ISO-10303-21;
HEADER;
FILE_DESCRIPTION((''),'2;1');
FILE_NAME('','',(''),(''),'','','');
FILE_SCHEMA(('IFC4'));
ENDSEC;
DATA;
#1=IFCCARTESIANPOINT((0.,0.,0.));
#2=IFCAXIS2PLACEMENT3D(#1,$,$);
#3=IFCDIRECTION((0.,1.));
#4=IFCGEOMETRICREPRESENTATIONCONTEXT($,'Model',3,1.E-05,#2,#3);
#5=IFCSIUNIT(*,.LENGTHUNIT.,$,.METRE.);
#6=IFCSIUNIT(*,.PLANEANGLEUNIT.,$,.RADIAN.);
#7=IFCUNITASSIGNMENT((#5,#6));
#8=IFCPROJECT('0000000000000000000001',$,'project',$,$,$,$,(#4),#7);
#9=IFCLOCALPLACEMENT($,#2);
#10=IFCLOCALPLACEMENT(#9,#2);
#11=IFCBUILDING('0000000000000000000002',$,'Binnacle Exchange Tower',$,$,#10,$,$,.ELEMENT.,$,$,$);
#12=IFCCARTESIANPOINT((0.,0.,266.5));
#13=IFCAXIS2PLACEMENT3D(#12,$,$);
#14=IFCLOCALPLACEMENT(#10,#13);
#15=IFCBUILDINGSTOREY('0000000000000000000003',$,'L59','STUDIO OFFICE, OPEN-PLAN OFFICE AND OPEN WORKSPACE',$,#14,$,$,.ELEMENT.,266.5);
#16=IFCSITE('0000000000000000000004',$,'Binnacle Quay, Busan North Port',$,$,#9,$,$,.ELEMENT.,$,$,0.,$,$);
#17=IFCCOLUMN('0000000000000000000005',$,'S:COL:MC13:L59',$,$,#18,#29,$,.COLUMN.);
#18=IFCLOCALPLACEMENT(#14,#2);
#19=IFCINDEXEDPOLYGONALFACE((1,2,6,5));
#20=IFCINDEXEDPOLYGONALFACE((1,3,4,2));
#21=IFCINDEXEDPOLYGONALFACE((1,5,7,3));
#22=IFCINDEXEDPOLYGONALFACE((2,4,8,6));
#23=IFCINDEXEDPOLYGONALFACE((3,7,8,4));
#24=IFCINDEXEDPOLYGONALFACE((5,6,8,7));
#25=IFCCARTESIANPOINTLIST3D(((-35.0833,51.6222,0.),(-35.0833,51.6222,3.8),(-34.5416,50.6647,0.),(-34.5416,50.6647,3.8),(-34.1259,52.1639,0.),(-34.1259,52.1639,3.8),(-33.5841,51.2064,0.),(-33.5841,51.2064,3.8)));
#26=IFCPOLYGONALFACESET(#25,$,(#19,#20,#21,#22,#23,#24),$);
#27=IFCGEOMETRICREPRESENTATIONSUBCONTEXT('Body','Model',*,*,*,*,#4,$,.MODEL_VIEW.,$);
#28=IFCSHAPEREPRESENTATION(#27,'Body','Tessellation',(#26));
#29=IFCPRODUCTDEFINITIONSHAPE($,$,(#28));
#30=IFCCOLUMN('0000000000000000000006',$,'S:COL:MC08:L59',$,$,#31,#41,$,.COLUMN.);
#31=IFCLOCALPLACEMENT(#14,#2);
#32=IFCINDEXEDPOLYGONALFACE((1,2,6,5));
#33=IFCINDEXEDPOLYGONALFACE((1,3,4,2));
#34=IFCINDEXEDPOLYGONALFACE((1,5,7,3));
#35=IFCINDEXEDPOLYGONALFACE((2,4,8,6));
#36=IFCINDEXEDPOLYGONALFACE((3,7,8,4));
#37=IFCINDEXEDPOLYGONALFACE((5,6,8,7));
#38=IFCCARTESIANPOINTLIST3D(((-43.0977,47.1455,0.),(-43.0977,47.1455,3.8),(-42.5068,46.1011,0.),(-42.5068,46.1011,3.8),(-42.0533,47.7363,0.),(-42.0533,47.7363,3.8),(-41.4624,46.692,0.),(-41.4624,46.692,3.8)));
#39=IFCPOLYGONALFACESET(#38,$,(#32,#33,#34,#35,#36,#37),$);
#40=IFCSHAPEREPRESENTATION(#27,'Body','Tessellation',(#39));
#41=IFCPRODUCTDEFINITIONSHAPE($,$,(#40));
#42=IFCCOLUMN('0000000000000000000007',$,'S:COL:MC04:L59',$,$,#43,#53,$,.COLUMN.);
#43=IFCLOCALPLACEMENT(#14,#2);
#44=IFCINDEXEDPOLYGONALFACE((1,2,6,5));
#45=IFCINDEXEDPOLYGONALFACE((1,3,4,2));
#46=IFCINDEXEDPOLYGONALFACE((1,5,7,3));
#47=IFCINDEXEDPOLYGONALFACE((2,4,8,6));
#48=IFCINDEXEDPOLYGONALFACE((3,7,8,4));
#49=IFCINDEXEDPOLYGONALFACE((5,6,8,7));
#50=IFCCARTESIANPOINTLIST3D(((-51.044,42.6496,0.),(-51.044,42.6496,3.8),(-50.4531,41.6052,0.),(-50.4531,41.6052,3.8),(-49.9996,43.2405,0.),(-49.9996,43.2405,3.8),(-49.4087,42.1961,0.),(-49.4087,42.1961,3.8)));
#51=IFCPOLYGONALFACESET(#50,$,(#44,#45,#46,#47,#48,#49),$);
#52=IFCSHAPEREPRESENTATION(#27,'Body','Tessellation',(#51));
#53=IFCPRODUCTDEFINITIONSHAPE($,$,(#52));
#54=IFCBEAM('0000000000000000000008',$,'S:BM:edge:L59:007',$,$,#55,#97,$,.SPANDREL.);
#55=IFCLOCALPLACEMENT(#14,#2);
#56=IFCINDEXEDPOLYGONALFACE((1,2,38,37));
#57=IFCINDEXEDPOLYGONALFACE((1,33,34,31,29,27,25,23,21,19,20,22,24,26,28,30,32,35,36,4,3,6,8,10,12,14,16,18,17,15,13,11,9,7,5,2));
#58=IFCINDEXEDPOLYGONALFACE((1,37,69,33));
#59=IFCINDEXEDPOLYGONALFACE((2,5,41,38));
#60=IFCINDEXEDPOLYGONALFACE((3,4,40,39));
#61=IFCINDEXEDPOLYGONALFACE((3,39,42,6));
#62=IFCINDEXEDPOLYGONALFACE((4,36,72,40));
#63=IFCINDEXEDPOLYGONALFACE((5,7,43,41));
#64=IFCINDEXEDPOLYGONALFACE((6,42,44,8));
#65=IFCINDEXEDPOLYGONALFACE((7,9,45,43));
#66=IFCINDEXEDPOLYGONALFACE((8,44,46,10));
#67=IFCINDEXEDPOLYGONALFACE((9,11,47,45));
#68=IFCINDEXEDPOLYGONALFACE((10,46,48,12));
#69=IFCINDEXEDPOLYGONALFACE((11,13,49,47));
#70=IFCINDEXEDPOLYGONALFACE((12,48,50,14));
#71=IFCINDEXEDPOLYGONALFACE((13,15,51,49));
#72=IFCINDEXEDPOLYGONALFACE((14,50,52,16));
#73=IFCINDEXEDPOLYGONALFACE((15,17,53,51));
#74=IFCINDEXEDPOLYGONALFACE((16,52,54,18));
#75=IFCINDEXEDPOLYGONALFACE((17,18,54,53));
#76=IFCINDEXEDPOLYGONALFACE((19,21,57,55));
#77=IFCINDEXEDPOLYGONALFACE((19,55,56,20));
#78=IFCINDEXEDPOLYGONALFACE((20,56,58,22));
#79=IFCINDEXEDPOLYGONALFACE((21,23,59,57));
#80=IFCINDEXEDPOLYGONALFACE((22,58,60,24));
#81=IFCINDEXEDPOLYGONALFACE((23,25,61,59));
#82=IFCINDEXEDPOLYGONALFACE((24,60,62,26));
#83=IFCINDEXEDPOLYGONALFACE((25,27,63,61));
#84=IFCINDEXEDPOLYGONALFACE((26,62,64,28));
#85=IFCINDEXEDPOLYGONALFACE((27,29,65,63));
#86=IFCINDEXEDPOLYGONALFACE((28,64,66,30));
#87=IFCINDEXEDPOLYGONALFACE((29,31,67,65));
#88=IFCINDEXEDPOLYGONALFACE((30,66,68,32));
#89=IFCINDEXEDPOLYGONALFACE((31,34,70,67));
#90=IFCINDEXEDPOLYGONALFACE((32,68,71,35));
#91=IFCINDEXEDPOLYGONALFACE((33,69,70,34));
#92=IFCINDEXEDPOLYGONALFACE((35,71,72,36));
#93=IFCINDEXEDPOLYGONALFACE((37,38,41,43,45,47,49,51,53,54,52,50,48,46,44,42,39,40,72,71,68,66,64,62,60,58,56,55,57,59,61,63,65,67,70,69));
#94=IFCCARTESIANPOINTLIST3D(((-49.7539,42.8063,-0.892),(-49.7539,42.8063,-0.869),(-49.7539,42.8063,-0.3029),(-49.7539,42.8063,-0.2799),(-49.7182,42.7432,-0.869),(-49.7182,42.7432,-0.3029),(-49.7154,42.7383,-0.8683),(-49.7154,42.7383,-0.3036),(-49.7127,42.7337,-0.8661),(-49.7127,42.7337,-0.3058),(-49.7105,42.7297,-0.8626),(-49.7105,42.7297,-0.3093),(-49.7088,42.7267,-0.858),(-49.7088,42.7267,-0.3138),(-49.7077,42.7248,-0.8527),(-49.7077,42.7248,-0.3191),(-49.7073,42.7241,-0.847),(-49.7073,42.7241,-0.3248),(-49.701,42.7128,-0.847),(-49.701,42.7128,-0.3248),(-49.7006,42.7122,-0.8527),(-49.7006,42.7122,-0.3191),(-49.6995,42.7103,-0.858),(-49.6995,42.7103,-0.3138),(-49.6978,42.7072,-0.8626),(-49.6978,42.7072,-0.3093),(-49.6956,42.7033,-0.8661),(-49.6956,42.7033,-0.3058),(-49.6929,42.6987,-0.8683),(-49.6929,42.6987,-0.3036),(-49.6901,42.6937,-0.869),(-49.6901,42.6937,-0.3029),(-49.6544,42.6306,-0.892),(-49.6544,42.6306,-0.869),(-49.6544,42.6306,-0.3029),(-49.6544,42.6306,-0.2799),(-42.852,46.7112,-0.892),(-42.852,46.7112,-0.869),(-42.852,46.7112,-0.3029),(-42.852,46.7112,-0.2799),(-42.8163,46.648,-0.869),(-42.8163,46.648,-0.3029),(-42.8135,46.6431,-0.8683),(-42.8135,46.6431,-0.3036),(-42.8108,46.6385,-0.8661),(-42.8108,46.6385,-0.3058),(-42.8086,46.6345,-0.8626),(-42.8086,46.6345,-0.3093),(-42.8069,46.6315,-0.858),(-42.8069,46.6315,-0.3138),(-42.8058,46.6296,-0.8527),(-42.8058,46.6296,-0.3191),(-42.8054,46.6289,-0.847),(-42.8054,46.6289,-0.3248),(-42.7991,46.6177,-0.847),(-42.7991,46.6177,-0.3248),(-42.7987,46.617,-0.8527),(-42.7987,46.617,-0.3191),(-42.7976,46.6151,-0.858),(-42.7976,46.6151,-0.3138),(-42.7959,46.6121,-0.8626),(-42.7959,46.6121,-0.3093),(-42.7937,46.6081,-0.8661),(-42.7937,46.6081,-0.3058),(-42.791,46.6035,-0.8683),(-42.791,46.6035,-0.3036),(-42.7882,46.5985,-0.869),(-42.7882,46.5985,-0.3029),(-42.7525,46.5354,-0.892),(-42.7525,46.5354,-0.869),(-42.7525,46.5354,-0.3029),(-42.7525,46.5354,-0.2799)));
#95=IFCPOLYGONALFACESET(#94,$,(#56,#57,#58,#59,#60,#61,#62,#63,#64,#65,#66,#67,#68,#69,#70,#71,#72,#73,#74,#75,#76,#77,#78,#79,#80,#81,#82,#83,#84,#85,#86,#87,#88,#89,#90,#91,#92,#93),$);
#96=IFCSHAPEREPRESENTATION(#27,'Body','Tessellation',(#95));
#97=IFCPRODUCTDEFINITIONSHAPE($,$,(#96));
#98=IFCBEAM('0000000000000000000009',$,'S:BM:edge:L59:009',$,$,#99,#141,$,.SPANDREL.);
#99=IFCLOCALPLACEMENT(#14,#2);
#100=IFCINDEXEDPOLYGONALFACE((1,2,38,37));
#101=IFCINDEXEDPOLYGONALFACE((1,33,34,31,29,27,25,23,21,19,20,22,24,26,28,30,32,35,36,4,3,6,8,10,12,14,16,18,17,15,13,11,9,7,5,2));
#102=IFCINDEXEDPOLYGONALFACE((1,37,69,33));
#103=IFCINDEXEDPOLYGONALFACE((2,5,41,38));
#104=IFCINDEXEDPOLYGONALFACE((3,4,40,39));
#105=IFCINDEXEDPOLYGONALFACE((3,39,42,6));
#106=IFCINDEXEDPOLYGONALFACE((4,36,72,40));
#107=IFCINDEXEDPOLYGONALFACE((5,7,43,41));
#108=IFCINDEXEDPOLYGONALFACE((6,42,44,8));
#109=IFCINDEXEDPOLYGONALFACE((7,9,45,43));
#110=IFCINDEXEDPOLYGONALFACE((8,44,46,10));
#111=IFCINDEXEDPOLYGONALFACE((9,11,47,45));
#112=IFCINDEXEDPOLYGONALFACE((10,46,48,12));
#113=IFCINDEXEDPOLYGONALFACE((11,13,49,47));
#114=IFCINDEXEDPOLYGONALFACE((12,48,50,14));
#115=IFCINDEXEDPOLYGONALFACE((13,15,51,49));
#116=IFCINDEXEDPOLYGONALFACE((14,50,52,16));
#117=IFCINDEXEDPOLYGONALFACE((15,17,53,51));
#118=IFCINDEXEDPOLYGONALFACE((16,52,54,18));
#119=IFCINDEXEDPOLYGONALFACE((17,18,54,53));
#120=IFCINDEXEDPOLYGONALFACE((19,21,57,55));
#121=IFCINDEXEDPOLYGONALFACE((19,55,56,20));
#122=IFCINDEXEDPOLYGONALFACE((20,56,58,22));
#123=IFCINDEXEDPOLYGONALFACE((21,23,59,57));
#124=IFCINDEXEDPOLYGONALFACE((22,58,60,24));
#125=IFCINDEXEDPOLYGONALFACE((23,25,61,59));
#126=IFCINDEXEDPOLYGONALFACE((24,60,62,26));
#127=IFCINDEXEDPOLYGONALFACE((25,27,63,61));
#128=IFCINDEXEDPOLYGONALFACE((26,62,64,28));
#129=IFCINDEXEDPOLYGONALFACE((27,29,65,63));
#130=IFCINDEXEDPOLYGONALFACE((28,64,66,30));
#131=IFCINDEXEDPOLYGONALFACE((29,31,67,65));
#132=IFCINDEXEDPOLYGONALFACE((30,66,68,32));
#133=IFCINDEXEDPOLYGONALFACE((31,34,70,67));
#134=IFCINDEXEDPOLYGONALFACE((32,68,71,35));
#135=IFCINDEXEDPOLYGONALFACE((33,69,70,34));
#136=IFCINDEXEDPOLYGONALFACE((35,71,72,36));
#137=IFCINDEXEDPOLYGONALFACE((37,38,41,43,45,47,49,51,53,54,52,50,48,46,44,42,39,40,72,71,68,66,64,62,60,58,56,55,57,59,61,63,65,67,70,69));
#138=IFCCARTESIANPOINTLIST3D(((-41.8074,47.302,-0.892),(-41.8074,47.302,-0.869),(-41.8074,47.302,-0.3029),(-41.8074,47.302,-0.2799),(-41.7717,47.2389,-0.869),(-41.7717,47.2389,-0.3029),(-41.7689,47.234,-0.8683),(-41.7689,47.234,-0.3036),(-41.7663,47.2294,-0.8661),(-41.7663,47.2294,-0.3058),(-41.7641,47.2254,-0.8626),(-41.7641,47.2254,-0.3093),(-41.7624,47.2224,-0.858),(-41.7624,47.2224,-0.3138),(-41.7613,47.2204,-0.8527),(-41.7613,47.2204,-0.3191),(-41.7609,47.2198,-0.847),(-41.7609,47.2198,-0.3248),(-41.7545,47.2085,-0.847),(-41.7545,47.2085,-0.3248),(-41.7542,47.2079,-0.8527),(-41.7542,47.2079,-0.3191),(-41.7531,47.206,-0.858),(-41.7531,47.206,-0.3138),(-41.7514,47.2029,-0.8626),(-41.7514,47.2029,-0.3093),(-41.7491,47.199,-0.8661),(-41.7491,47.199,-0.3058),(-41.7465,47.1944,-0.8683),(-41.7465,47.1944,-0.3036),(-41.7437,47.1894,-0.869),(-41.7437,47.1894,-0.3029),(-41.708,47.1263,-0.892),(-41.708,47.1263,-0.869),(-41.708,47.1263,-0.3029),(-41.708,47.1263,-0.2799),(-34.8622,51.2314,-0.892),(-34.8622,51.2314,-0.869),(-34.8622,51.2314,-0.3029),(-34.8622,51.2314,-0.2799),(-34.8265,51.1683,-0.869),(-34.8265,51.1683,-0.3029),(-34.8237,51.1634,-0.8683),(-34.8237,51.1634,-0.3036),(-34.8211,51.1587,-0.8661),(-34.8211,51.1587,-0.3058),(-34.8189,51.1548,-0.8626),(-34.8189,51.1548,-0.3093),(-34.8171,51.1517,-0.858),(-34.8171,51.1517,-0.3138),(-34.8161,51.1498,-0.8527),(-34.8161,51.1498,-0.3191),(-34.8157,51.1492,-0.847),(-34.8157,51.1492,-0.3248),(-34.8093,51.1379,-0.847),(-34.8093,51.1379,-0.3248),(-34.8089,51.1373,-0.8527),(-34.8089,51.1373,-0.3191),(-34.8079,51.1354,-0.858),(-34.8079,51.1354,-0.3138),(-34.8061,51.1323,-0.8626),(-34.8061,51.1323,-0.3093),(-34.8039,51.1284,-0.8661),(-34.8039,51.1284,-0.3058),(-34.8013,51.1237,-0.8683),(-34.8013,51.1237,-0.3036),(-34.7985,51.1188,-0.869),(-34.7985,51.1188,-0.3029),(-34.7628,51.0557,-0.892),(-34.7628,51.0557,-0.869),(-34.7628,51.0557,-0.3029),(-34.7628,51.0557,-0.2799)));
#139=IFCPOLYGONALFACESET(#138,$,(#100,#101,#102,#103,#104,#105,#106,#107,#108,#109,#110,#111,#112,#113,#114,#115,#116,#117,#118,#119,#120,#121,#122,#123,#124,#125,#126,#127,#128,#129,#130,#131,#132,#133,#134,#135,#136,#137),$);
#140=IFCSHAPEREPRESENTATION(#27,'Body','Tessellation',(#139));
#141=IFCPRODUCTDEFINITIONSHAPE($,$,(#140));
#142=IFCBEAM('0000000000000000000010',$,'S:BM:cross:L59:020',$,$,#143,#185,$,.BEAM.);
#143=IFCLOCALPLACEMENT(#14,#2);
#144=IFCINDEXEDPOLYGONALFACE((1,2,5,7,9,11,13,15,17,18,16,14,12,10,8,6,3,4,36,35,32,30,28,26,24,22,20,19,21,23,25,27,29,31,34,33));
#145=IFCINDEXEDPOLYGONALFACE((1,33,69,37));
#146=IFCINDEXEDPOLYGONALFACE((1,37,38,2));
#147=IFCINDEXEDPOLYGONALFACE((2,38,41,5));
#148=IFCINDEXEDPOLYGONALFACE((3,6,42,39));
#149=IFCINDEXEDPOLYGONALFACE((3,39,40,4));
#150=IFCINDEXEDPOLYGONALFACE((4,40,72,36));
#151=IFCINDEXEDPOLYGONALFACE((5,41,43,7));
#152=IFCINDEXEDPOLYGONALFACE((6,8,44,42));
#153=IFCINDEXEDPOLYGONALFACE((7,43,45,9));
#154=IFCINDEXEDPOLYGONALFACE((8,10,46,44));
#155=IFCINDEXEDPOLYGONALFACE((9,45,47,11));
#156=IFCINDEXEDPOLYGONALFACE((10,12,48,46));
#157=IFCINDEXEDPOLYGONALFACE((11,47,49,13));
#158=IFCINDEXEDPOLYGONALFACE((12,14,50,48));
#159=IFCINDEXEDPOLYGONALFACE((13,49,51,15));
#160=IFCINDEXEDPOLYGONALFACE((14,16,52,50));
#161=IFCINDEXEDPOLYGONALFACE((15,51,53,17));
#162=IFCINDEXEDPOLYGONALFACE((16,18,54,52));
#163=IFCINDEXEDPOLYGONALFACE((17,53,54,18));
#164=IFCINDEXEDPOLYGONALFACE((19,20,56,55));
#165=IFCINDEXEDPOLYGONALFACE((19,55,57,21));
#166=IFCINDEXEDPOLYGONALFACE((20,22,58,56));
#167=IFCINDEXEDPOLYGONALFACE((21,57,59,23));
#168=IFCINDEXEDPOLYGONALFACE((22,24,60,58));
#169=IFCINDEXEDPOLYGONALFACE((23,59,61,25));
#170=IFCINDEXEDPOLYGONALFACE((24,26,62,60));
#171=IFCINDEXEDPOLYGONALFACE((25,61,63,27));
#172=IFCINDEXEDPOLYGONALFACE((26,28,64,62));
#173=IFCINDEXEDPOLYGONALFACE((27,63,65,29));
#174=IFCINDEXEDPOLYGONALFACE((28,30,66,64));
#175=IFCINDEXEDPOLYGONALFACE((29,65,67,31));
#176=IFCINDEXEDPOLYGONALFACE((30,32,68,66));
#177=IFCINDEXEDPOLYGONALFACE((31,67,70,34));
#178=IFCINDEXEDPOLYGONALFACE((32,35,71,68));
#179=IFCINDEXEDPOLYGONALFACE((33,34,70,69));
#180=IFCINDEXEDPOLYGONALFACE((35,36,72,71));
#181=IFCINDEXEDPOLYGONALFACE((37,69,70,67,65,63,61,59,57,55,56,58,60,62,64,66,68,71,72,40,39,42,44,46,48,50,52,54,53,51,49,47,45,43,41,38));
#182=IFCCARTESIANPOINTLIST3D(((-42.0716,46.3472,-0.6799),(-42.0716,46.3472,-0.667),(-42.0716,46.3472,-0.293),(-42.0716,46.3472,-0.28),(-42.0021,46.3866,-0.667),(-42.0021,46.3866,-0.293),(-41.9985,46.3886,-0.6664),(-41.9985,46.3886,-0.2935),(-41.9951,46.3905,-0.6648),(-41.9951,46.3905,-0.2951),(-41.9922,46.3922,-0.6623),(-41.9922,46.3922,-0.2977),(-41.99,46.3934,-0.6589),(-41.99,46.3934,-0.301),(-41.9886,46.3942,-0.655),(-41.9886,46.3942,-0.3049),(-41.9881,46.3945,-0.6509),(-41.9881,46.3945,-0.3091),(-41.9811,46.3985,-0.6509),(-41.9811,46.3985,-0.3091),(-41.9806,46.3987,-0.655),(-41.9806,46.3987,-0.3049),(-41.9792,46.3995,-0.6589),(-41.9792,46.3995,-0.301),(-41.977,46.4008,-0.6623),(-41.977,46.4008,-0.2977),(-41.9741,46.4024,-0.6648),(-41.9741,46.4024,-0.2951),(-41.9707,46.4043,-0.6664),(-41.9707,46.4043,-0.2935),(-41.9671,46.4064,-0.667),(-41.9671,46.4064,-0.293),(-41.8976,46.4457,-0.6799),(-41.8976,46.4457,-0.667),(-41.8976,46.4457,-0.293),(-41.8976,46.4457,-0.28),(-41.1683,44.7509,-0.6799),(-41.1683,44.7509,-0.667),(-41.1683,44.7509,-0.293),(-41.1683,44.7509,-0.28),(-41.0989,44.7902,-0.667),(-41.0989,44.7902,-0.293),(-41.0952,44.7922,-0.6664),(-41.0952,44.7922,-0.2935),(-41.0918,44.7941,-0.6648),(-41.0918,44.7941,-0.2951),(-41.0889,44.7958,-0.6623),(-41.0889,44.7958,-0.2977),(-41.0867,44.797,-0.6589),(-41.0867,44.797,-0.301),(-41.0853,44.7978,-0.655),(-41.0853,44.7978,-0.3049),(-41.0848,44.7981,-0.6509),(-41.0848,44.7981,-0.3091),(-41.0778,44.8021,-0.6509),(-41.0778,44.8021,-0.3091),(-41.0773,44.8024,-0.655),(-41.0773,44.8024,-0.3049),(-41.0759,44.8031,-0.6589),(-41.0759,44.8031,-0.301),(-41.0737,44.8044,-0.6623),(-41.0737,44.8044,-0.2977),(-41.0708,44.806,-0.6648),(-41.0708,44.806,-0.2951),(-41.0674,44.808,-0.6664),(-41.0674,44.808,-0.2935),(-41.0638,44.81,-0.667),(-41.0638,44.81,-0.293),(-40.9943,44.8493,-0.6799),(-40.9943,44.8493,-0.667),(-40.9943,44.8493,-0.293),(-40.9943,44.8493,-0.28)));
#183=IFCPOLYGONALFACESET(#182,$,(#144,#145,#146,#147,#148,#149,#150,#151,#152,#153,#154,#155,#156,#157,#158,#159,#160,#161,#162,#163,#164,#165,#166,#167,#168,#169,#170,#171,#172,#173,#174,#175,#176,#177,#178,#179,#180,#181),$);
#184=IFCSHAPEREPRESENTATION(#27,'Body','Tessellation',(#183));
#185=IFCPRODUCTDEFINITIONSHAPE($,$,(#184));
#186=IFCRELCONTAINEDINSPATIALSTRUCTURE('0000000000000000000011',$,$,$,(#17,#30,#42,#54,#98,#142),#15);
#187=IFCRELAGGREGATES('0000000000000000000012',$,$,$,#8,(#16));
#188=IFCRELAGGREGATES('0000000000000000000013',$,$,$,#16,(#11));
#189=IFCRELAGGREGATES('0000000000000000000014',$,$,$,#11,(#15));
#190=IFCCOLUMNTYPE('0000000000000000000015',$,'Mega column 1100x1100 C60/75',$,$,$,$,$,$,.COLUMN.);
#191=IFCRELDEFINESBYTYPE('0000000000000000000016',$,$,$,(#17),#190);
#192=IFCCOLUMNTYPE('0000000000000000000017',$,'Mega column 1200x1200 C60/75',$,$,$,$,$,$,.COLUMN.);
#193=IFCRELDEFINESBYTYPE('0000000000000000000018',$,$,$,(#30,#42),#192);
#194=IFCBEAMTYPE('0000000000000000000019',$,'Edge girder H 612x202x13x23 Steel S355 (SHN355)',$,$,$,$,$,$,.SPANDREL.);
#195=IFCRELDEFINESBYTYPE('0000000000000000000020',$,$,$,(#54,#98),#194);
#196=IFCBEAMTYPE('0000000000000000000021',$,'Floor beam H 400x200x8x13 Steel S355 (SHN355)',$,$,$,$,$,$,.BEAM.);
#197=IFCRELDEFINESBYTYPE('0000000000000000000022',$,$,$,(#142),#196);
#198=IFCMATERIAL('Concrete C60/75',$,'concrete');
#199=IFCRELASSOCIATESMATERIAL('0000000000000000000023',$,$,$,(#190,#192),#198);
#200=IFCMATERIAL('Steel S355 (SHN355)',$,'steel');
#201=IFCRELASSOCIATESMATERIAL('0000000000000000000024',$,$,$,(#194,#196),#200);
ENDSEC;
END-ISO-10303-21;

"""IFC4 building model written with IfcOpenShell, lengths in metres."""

from ifc_helpers import new_model, si_unit, direction, frame, origin, origin_2d, place, context, subcontext, project, spatial, rectangle, i_section, extrude, material, material_profile, profile_set, type_object, element, save


model = new_model("IFC4")

# Units and contexts
model_context = context("Model", 3, precision=1e-05, world=origin(), true_north=direction((0.0, 1.0)))
body_context = subcontext(model_context, "Body", "Model", "MODEL_VIEW")
ifc_project = project(units=[si_unit("LENGTHUNIT", "METRE"), si_unit("PLANEANGLEUNIT", "RADIAN")], contexts=[model_context])

# Site, building, storey
site_placement = place(None, origin())
site = spatial("IfcSite", under=ifc_project, at=site_placement, Name="Binnacle Quay, Busan North Port", CompositionType="ELEMENT", RefElevation=0.0)
building_placement = place(site_placement, origin())
building = spatial("IfcBuilding", under=site, at=building_placement, Name="Binnacle Exchange Tower", CompositionType="ELEMENT")
storey_placement = place(building_placement, frame((0.0, 0.0, 266.5)))
storey = spatial("IfcBuildingStorey", under=building, at=storey_placement, Name="L59", Description="STUDIO OFFICE, OPEN-PLAN OFFICE AND OPEN WORKSPACE", CompositionType="ELEMENT", Elevation=266.5)

# Columns
ifc_material_1 = material(Name="Concrete C60/75", Category="concrete")
ifc_material_profile_1 = material_profile(ifc_material_1, rectangle(XDim=1.1001, YDim=1.1001, at=origin_2d()), Name="Mega column 1100x1100 C60/75")
ifc_profile_set_1 = profile_set([ifc_material_profile_1], Name="Concrete C60/75")
column_type_1 = type_object("IfcColumnType", Name="Mega column 1100x1100 C60/75", PredefinedType="COLUMN", material=ifc_profile_set_1)
column_placement = place(storey_placement, frame((-34.3337, 51.4143, 0.0), z_axis=(0.0, 0.0, 1.0), x_axis=(-0.870356, -0.492424, 0.0)))
element("IfcColumn", 1, at=column_placement, inside=storey, type_object=column_type_1, Name="S:COL:MC13:L59", PredefinedType="COLUMN", context=body_context, shape_type="SweptSolid", body=[
    extrude(rectangle(XDim=1.1001, YDim=1.1001, at=origin_2d()), origin(), (0.0, 0.0, 1.0), 3.8),
])
ifc_material_profile_2 = material_profile(ifc_material_1, rectangle(XDim=1.2, YDim=1.2, at=origin_2d()), Name="Mega column 1200x1200 C60/75")
ifc_profile_set_2 = profile_set([ifc_material_profile_2], Name="Concrete C60/75")
column_type_2 = type_object("IfcColumnType", Name="Mega column 1200x1200 C60/75", PredefinedType="COLUMN", material=ifc_profile_set_2)
for number, where, z_axis, x_axis, name in (
    (2, (-42.28, 46.9187, 0.0), (0.0, 0.0, 1.0), (-0.870356, -0.492424, 0.0), "S:COL:MC08:L59"),
    (3, (-50.2263, 42.4229, 0.0), (0.0, 0.0, 1.0), (-0.870356, -0.492424, 0.0), "S:COL:MC04:L59"),
):
    element("IfcColumn", number, at=place(storey_placement, frame(where, z_axis=z_axis, x_axis=x_axis)), inside=storey, type_object=column_type_2, Name=name, PredefinedType="COLUMN", context=body_context, shape_type="SweptSolid", body=[
        extrude(rectangle(XDim=1.2, YDim=1.2, at=origin_2d()), origin(), (0.0, 0.0, 1.0), 3.8),
    ])

# Beams
ifc_material_2 = material(Name="Steel S355 (SHN355)", Category="steel")
ifc_material_profile_3 = material_profile(ifc_material_2, i_section(OverallWidth=0.2019, OverallDepth=0.6121, WebThickness=0.0129, FlangeThickness=0.0229, FilletRadius=0.022, at=origin_2d()), Name="H 612x202x13x23")
ifc_profile_set_3 = profile_set([ifc_material_profile_3], Name="Steel S355 (SHN355)")
beam_type_1 = type_object("IfcBeamType", Name="Edge girder H 612x202x13x23 Steel S355 (SHN355)", PredefinedType="SPANDREL", material=ifc_profile_set_3)
beam_1_placement = place(storey_placement, frame((-42.8022, 46.6233, -0.5859), z_axis=(-0.870361, -0.492414, 0.0), x_axis=(0.492414, -0.870361, 0.0)))
element("IfcBeam", 4, at=beam_1_placement, inside=storey, type_object=beam_type_1, Name="S:BM:edge:L59:007", PredefinedType="SPANDREL", context=body_context, shape_type="SweptSolid", body=[
    extrude(i_section(OverallWidth=0.2019, OverallDepth=0.6121, WebThickness=0.0129, FlangeThickness=0.0229, FilletRadius=0.022, at=origin_2d()), origin(), (0.0, 0.0, 1.0), 7.9299),
])
beam_2_placement = place(storey_placement, frame((-34.8125, 51.1436, -0.5859), z_axis=(-0.870357, -0.492421, 0.0), x_axis=(0.492421, -0.870357, 0.0)))
element("IfcBeam", 5, at=beam_2_placement, inside=storey, type_object=beam_type_1, Name="S:BM:edge:L59:009", PredefinedType="SPANDREL", context=body_context, shape_type="SweptSolid", body=[
    extrude(i_section(OverallWidth=0.2019, OverallDepth=0.6121, WebThickness=0.0129, FlangeThickness=0.0229, FilletRadius=0.022, at=origin_2d()), origin(), (0.0, 0.0, 1.0), 7.9797),
])
ifc_material_profile_4 = material_profile(ifc_material_2, i_section(OverallWidth=0.2, OverallDepth=0.3999, WebThickness=0.0081, FlangeThickness=0.0129, FilletRadius=0.0161, at=origin_2d()), Name="H 400x200x8x13")
ifc_profile_set_4 = profile_set([ifc_material_profile_4], Name="Steel S355 (SHN355)")
beam_type_2 = type_object("IfcBeamType", Name="Floor beam H 400x200x8x13 Steel S355 (SHN355)", PredefinedType="BEAM", material=ifc_profile_set_4)
beam_3_placement = place(storey_placement, frame((-41.9846, 46.3965, -0.48), z_axis=(0.492465, -0.870332, 0.0), x_axis=(0.870332, 0.492465, 0.0)))
element("IfcBeam", 6, at=beam_3_placement, inside=storey, type_object=beam_type_2, Name="S:BM:cross:L59:020", PredefinedType="BEAM", context=body_context, shape_type="SweptSolid", body=[
    extrude(i_section(OverallWidth=0.2, OverallDepth=0.3999, WebThickness=0.0081, FlangeThickness=0.0129, FilletRadius=0.0161, at=origin_2d()), origin(), (0.0, 0.0, 1.0), 1.8342),
])

save(model, "model.ifc")
